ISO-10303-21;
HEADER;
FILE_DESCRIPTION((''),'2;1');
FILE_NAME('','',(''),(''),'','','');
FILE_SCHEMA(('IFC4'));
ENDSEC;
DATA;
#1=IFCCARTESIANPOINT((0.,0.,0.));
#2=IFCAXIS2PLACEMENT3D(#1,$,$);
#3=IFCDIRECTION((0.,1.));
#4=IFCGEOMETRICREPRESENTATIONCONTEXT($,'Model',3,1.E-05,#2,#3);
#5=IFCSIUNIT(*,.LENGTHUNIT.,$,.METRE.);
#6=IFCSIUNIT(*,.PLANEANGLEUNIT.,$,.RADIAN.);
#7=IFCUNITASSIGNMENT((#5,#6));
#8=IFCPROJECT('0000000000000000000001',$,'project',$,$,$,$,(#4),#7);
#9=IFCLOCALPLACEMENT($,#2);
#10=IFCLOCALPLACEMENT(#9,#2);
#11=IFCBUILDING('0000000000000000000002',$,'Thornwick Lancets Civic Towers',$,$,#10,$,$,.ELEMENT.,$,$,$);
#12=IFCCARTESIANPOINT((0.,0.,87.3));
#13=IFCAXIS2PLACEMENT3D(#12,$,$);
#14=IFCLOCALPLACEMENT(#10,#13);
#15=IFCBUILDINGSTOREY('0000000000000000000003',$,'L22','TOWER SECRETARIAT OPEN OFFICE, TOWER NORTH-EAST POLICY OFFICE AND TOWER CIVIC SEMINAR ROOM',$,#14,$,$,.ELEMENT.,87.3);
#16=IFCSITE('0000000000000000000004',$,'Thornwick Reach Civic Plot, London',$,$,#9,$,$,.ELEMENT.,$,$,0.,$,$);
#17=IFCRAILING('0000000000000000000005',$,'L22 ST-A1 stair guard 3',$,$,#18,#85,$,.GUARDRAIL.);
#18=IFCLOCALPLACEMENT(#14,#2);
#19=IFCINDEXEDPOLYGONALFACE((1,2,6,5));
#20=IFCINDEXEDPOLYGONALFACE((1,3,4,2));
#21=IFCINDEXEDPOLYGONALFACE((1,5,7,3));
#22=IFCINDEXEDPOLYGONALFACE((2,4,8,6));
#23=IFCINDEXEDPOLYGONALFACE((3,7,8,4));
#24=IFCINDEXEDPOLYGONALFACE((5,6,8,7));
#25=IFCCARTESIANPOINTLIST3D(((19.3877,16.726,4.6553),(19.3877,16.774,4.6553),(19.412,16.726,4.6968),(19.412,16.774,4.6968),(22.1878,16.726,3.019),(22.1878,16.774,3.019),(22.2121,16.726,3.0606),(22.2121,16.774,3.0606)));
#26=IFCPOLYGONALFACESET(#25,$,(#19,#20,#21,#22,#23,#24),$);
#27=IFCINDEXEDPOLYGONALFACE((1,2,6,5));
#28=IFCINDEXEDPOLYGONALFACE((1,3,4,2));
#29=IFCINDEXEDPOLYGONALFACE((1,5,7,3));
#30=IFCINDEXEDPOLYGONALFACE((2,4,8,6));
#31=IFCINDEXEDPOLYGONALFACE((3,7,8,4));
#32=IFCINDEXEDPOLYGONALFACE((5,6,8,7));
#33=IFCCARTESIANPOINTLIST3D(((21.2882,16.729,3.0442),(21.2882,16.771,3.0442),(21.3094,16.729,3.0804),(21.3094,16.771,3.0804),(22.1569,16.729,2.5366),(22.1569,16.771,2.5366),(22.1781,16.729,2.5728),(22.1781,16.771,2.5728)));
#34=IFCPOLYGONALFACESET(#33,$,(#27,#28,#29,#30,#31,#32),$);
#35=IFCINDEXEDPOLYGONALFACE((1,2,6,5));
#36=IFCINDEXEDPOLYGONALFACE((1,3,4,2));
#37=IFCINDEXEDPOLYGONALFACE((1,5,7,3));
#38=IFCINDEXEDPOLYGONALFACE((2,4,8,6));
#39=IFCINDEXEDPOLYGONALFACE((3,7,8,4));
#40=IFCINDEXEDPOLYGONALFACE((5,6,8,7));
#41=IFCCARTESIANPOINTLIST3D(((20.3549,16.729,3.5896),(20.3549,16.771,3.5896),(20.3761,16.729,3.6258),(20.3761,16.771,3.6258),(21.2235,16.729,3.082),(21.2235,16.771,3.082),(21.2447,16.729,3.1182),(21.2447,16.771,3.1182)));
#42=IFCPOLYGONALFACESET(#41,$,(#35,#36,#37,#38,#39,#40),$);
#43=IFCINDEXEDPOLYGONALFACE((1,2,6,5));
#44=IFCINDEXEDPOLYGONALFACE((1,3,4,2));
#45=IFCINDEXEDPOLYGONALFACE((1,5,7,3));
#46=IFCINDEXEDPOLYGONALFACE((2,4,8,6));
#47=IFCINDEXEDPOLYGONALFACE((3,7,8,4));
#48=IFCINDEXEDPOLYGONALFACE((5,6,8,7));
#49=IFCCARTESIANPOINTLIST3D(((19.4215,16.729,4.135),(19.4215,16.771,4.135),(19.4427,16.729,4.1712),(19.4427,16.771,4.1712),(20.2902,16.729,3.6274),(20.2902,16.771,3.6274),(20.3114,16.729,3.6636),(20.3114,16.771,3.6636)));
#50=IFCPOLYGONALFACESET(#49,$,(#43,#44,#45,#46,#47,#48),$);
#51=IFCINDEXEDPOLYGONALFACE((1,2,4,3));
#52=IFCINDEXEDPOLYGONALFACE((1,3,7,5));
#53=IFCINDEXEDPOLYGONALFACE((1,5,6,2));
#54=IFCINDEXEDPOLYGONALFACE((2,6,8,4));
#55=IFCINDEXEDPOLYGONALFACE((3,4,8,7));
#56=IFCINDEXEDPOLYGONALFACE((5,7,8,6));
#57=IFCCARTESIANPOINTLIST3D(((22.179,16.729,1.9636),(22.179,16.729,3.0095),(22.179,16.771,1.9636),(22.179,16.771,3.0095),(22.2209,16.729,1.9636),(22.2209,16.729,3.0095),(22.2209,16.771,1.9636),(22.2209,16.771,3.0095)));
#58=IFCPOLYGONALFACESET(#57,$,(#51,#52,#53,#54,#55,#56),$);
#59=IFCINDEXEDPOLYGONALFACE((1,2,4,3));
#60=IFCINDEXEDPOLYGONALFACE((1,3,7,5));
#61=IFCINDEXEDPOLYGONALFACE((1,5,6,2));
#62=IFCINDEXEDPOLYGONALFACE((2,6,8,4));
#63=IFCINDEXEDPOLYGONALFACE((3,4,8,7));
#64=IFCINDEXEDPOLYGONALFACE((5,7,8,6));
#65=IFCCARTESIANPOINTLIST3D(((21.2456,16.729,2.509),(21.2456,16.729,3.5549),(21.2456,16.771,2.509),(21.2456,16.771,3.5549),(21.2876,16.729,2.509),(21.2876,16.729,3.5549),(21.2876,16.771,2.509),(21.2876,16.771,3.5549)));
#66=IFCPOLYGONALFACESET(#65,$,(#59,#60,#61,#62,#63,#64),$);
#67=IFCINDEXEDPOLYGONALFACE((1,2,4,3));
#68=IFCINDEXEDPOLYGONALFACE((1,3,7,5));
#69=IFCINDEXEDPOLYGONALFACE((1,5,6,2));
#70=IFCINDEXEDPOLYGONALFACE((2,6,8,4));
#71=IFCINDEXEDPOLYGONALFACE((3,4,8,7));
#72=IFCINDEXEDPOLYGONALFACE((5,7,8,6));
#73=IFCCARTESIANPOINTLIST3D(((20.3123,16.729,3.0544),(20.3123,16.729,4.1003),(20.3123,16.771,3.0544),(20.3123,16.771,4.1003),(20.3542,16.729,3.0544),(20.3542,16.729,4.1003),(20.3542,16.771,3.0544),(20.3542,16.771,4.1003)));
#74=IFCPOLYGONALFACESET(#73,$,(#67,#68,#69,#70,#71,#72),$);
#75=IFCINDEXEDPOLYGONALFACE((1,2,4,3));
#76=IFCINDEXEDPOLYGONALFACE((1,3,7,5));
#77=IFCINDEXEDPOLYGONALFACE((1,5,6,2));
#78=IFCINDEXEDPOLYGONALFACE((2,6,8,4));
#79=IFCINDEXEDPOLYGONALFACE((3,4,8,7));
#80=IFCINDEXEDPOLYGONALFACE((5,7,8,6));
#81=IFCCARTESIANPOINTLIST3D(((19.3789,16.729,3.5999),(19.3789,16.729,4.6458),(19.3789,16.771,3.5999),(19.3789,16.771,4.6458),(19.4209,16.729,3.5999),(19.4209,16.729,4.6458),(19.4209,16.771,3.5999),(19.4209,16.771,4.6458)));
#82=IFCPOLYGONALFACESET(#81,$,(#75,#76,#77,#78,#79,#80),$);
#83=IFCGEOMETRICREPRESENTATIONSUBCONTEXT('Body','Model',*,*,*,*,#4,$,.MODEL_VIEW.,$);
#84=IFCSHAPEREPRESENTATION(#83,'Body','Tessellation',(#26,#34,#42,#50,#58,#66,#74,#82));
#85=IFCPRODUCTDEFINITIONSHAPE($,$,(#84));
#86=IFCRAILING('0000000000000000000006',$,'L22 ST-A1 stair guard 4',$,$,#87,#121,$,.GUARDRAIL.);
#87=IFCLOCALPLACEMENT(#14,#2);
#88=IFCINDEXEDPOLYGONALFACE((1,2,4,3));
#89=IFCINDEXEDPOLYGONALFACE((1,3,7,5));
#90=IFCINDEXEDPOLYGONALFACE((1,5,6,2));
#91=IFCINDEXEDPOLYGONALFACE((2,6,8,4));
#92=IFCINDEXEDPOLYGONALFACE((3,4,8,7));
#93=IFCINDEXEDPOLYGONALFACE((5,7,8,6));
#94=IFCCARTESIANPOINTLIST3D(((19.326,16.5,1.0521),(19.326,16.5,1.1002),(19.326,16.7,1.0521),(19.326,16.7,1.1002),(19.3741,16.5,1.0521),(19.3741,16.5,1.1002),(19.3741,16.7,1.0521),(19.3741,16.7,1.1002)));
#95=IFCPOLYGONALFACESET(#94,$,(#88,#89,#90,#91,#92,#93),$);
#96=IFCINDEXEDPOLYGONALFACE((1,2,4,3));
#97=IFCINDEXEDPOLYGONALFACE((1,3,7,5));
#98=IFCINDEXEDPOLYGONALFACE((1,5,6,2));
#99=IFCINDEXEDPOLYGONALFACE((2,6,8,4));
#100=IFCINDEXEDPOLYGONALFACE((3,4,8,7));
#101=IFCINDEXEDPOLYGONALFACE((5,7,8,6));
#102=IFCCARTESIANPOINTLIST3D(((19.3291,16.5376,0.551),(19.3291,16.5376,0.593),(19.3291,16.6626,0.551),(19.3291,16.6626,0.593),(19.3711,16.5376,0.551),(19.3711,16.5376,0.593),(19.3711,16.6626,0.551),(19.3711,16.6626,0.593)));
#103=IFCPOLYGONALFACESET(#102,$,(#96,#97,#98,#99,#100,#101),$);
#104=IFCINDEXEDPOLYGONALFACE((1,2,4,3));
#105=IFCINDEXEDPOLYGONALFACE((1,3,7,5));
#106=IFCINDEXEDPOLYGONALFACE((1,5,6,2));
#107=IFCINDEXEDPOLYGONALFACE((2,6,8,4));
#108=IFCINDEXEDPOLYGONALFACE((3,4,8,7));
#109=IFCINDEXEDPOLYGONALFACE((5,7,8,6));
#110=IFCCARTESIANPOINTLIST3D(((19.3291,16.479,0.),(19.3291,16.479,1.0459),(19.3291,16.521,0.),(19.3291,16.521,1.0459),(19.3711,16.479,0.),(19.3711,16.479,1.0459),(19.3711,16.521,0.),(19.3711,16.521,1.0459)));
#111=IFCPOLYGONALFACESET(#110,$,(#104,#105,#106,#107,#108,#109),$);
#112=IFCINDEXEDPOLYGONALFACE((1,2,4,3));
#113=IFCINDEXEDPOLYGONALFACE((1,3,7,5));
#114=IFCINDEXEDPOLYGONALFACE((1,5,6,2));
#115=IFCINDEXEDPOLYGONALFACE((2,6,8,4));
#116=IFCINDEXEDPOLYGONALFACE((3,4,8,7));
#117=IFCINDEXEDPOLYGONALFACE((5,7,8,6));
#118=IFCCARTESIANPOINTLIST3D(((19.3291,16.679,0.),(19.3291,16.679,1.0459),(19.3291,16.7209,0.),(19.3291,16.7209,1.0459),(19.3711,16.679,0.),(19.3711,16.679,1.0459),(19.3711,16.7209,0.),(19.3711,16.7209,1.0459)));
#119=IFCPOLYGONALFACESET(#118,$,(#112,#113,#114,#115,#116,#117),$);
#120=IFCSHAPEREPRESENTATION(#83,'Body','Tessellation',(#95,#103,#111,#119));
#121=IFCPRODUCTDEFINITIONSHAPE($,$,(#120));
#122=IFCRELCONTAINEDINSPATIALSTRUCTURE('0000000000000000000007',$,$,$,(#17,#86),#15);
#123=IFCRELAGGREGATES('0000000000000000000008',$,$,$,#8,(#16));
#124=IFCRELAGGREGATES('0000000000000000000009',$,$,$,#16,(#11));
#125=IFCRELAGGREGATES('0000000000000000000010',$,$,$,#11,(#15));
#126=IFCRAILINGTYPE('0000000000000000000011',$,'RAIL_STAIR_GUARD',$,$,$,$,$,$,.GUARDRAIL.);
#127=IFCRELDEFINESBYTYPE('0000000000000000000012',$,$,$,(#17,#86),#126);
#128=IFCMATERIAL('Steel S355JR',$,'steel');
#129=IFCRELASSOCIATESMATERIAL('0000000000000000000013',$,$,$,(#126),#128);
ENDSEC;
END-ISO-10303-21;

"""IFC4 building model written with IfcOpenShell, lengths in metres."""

from ifc_helpers import new_model, si_unit, direction, frame, origin, origin_2d, place, context, subcontext, project, spatial, rectangle, extrude, material, type_object, element, save


model = new_model("IFC4")

# Units and contexts
model_context = context("Model", 3, precision=1e-05, world=origin(), true_north=direction((0.0, 1.0)))
body_context = subcontext(model_context, "Body", "Model", "MODEL_VIEW")
ifc_project = project(units=[si_unit("LENGTHUNIT", "METRE"), si_unit("PLANEANGLEUNIT", "RADIAN")], contexts=[model_context])

# Site, building, storey
site_placement = place(None, origin())
site = spatial("IfcSite", under=ifc_project, at=site_placement, Name="Thornwick Reach Civic Plot, London", CompositionType="ELEMENT", RefElevation=0.0)
building_placement = place(site_placement, origin())
building = spatial("IfcBuilding", under=site, at=building_placement, Name="Thornwick Lancets Civic Towers", CompositionType="ELEMENT")
storey_placement = place(building_placement, frame((0.0, 0.0, 87.3)))
storey = spatial("IfcBuildingStorey", under=building, at=storey_placement, Name="L22", Description="TOWER SECRETARIAT OPEN OFFICE, TOWER NORTH-EAST POLICY OFFICE AND TOWER CIVIC SEMINAR ROOM", CompositionType="ELEMENT", Elevation=87.3)

# Shared definitions
ifc_material_1 = material(Name="Steel S355JR", Category="steel")

# Railings
railing_type_1 = type_object("IfcRailingType", Name="RAIL_STAIR_GUARD", PredefinedType="GUARDRAIL", material=ifc_material_1)
railing_1_placement = place(storey_placement, frame((22.2, 16.75, 1.9636)))
element("IfcRailing", 1, at=railing_1_placement, inside=storey, type_object=railing_type_1, Name="L22 ST-A1 stair guard 3", PredefinedType="GUARDRAIL", context=body_context, shape_type="SweptSolid", body=[
    extrude(rectangle(XDim=0.0481, YDim=0.0481, at=origin_2d()), frame((0.0, 0.0, 1.0762), z_axis=(-0.863394, 0.0, 0.504531), x_axis=(0.0, -1.0, 0.0)), (0.0, 0.0, 1.0), 3.2432),
    extrude(rectangle(XDim=0.042, YDim=0.042, at=origin_2d()), frame((-0.0325, 0.0, 0.5911), z_axis=(-0.863394, 0.0, 0.504531), x_axis=(0.0, -1.0, 0.0)), (0.0, 0.0, 1.0), 1.0061),
    extrude(rectangle(XDim=0.042, YDim=0.042, at=origin_2d()), frame((-0.9658, 0.0, 1.1365), z_axis=(-0.863394, 0.0, 0.504531), x_axis=(0.0, -1.0, 0.0)), (0.0, 0.0, 1.0), 1.0061),
    extrude(rectangle(XDim=0.042, YDim=0.042, at=origin_2d()), frame((-1.8992, 0.0, 1.6819), z_axis=(-0.863394, 0.0, 0.504531), x_axis=(0.0, -1.0, 0.0)), (0.0, 0.0, 1.0), 1.0061),
    extrude(rectangle(XDim=0.042, YDim=0.042, at=origin_2d()), origin(), (0.0, 0.0, 1.0), 1.0459),
    extrude(rectangle(XDim=0.042, YDim=0.042, at=origin_2d()), frame((-0.9333, 0.0, 0.5454)), (0.0, 0.0, 1.0), 1.0459),
    extrude(rectangle(XDim=0.042, YDim=0.042, at=origin_2d()), frame((-1.8667, 0.0, 1.0908)), (0.0, 0.0, 1.0), 1.0459),
    extrude(rectangle(XDim=0.042, YDim=0.042, at=origin_2d()), frame((-2.8, 0.0, 1.6362)), (0.0, 0.0, 1.0), 1.0459),
])
railing_2_placement = place(storey_placement, frame((19.3501, 16.5, 0.0)))
element("IfcRailing", 2, at=railing_2_placement, inside=storey, type_object=railing_type_1, Name="L22 ST-A1 stair guard 4", PredefinedType="GUARDRAIL", context=body_context, shape_type="SweptSolid", body=[
    extrude(rectangle(XDim=0.0481, YDim=0.0481, at=origin_2d()), frame((0.0, 0.0, 1.0762), z_axis=(0.0, 1.0, 0.0), x_axis=(-1.0, 0.0, 0.0)), (0.0, 0.0, 1.0), 0.2),
    extrude(rectangle(XDim=0.042, YDim=0.042, at=origin_2d()), frame((0.0, 0.0376, 0.572), z_axis=(0.0, 1.0, 0.0), x_axis=(-1.0, 0.0, 0.0)), (0.0, 0.0, 1.0), 0.125),
    extrude(rectangle(XDim=0.042, YDim=0.042, at=origin_2d()), origin(), (0.0, 0.0, 1.0), 1.0459),
    extrude(rectangle(XDim=0.042, YDim=0.042, at=origin_2d()), frame((0.0, 0.2, 0.0)), (0.0, 0.0, 1.0), 1.0459),
])

save(model, "model.ifc")
